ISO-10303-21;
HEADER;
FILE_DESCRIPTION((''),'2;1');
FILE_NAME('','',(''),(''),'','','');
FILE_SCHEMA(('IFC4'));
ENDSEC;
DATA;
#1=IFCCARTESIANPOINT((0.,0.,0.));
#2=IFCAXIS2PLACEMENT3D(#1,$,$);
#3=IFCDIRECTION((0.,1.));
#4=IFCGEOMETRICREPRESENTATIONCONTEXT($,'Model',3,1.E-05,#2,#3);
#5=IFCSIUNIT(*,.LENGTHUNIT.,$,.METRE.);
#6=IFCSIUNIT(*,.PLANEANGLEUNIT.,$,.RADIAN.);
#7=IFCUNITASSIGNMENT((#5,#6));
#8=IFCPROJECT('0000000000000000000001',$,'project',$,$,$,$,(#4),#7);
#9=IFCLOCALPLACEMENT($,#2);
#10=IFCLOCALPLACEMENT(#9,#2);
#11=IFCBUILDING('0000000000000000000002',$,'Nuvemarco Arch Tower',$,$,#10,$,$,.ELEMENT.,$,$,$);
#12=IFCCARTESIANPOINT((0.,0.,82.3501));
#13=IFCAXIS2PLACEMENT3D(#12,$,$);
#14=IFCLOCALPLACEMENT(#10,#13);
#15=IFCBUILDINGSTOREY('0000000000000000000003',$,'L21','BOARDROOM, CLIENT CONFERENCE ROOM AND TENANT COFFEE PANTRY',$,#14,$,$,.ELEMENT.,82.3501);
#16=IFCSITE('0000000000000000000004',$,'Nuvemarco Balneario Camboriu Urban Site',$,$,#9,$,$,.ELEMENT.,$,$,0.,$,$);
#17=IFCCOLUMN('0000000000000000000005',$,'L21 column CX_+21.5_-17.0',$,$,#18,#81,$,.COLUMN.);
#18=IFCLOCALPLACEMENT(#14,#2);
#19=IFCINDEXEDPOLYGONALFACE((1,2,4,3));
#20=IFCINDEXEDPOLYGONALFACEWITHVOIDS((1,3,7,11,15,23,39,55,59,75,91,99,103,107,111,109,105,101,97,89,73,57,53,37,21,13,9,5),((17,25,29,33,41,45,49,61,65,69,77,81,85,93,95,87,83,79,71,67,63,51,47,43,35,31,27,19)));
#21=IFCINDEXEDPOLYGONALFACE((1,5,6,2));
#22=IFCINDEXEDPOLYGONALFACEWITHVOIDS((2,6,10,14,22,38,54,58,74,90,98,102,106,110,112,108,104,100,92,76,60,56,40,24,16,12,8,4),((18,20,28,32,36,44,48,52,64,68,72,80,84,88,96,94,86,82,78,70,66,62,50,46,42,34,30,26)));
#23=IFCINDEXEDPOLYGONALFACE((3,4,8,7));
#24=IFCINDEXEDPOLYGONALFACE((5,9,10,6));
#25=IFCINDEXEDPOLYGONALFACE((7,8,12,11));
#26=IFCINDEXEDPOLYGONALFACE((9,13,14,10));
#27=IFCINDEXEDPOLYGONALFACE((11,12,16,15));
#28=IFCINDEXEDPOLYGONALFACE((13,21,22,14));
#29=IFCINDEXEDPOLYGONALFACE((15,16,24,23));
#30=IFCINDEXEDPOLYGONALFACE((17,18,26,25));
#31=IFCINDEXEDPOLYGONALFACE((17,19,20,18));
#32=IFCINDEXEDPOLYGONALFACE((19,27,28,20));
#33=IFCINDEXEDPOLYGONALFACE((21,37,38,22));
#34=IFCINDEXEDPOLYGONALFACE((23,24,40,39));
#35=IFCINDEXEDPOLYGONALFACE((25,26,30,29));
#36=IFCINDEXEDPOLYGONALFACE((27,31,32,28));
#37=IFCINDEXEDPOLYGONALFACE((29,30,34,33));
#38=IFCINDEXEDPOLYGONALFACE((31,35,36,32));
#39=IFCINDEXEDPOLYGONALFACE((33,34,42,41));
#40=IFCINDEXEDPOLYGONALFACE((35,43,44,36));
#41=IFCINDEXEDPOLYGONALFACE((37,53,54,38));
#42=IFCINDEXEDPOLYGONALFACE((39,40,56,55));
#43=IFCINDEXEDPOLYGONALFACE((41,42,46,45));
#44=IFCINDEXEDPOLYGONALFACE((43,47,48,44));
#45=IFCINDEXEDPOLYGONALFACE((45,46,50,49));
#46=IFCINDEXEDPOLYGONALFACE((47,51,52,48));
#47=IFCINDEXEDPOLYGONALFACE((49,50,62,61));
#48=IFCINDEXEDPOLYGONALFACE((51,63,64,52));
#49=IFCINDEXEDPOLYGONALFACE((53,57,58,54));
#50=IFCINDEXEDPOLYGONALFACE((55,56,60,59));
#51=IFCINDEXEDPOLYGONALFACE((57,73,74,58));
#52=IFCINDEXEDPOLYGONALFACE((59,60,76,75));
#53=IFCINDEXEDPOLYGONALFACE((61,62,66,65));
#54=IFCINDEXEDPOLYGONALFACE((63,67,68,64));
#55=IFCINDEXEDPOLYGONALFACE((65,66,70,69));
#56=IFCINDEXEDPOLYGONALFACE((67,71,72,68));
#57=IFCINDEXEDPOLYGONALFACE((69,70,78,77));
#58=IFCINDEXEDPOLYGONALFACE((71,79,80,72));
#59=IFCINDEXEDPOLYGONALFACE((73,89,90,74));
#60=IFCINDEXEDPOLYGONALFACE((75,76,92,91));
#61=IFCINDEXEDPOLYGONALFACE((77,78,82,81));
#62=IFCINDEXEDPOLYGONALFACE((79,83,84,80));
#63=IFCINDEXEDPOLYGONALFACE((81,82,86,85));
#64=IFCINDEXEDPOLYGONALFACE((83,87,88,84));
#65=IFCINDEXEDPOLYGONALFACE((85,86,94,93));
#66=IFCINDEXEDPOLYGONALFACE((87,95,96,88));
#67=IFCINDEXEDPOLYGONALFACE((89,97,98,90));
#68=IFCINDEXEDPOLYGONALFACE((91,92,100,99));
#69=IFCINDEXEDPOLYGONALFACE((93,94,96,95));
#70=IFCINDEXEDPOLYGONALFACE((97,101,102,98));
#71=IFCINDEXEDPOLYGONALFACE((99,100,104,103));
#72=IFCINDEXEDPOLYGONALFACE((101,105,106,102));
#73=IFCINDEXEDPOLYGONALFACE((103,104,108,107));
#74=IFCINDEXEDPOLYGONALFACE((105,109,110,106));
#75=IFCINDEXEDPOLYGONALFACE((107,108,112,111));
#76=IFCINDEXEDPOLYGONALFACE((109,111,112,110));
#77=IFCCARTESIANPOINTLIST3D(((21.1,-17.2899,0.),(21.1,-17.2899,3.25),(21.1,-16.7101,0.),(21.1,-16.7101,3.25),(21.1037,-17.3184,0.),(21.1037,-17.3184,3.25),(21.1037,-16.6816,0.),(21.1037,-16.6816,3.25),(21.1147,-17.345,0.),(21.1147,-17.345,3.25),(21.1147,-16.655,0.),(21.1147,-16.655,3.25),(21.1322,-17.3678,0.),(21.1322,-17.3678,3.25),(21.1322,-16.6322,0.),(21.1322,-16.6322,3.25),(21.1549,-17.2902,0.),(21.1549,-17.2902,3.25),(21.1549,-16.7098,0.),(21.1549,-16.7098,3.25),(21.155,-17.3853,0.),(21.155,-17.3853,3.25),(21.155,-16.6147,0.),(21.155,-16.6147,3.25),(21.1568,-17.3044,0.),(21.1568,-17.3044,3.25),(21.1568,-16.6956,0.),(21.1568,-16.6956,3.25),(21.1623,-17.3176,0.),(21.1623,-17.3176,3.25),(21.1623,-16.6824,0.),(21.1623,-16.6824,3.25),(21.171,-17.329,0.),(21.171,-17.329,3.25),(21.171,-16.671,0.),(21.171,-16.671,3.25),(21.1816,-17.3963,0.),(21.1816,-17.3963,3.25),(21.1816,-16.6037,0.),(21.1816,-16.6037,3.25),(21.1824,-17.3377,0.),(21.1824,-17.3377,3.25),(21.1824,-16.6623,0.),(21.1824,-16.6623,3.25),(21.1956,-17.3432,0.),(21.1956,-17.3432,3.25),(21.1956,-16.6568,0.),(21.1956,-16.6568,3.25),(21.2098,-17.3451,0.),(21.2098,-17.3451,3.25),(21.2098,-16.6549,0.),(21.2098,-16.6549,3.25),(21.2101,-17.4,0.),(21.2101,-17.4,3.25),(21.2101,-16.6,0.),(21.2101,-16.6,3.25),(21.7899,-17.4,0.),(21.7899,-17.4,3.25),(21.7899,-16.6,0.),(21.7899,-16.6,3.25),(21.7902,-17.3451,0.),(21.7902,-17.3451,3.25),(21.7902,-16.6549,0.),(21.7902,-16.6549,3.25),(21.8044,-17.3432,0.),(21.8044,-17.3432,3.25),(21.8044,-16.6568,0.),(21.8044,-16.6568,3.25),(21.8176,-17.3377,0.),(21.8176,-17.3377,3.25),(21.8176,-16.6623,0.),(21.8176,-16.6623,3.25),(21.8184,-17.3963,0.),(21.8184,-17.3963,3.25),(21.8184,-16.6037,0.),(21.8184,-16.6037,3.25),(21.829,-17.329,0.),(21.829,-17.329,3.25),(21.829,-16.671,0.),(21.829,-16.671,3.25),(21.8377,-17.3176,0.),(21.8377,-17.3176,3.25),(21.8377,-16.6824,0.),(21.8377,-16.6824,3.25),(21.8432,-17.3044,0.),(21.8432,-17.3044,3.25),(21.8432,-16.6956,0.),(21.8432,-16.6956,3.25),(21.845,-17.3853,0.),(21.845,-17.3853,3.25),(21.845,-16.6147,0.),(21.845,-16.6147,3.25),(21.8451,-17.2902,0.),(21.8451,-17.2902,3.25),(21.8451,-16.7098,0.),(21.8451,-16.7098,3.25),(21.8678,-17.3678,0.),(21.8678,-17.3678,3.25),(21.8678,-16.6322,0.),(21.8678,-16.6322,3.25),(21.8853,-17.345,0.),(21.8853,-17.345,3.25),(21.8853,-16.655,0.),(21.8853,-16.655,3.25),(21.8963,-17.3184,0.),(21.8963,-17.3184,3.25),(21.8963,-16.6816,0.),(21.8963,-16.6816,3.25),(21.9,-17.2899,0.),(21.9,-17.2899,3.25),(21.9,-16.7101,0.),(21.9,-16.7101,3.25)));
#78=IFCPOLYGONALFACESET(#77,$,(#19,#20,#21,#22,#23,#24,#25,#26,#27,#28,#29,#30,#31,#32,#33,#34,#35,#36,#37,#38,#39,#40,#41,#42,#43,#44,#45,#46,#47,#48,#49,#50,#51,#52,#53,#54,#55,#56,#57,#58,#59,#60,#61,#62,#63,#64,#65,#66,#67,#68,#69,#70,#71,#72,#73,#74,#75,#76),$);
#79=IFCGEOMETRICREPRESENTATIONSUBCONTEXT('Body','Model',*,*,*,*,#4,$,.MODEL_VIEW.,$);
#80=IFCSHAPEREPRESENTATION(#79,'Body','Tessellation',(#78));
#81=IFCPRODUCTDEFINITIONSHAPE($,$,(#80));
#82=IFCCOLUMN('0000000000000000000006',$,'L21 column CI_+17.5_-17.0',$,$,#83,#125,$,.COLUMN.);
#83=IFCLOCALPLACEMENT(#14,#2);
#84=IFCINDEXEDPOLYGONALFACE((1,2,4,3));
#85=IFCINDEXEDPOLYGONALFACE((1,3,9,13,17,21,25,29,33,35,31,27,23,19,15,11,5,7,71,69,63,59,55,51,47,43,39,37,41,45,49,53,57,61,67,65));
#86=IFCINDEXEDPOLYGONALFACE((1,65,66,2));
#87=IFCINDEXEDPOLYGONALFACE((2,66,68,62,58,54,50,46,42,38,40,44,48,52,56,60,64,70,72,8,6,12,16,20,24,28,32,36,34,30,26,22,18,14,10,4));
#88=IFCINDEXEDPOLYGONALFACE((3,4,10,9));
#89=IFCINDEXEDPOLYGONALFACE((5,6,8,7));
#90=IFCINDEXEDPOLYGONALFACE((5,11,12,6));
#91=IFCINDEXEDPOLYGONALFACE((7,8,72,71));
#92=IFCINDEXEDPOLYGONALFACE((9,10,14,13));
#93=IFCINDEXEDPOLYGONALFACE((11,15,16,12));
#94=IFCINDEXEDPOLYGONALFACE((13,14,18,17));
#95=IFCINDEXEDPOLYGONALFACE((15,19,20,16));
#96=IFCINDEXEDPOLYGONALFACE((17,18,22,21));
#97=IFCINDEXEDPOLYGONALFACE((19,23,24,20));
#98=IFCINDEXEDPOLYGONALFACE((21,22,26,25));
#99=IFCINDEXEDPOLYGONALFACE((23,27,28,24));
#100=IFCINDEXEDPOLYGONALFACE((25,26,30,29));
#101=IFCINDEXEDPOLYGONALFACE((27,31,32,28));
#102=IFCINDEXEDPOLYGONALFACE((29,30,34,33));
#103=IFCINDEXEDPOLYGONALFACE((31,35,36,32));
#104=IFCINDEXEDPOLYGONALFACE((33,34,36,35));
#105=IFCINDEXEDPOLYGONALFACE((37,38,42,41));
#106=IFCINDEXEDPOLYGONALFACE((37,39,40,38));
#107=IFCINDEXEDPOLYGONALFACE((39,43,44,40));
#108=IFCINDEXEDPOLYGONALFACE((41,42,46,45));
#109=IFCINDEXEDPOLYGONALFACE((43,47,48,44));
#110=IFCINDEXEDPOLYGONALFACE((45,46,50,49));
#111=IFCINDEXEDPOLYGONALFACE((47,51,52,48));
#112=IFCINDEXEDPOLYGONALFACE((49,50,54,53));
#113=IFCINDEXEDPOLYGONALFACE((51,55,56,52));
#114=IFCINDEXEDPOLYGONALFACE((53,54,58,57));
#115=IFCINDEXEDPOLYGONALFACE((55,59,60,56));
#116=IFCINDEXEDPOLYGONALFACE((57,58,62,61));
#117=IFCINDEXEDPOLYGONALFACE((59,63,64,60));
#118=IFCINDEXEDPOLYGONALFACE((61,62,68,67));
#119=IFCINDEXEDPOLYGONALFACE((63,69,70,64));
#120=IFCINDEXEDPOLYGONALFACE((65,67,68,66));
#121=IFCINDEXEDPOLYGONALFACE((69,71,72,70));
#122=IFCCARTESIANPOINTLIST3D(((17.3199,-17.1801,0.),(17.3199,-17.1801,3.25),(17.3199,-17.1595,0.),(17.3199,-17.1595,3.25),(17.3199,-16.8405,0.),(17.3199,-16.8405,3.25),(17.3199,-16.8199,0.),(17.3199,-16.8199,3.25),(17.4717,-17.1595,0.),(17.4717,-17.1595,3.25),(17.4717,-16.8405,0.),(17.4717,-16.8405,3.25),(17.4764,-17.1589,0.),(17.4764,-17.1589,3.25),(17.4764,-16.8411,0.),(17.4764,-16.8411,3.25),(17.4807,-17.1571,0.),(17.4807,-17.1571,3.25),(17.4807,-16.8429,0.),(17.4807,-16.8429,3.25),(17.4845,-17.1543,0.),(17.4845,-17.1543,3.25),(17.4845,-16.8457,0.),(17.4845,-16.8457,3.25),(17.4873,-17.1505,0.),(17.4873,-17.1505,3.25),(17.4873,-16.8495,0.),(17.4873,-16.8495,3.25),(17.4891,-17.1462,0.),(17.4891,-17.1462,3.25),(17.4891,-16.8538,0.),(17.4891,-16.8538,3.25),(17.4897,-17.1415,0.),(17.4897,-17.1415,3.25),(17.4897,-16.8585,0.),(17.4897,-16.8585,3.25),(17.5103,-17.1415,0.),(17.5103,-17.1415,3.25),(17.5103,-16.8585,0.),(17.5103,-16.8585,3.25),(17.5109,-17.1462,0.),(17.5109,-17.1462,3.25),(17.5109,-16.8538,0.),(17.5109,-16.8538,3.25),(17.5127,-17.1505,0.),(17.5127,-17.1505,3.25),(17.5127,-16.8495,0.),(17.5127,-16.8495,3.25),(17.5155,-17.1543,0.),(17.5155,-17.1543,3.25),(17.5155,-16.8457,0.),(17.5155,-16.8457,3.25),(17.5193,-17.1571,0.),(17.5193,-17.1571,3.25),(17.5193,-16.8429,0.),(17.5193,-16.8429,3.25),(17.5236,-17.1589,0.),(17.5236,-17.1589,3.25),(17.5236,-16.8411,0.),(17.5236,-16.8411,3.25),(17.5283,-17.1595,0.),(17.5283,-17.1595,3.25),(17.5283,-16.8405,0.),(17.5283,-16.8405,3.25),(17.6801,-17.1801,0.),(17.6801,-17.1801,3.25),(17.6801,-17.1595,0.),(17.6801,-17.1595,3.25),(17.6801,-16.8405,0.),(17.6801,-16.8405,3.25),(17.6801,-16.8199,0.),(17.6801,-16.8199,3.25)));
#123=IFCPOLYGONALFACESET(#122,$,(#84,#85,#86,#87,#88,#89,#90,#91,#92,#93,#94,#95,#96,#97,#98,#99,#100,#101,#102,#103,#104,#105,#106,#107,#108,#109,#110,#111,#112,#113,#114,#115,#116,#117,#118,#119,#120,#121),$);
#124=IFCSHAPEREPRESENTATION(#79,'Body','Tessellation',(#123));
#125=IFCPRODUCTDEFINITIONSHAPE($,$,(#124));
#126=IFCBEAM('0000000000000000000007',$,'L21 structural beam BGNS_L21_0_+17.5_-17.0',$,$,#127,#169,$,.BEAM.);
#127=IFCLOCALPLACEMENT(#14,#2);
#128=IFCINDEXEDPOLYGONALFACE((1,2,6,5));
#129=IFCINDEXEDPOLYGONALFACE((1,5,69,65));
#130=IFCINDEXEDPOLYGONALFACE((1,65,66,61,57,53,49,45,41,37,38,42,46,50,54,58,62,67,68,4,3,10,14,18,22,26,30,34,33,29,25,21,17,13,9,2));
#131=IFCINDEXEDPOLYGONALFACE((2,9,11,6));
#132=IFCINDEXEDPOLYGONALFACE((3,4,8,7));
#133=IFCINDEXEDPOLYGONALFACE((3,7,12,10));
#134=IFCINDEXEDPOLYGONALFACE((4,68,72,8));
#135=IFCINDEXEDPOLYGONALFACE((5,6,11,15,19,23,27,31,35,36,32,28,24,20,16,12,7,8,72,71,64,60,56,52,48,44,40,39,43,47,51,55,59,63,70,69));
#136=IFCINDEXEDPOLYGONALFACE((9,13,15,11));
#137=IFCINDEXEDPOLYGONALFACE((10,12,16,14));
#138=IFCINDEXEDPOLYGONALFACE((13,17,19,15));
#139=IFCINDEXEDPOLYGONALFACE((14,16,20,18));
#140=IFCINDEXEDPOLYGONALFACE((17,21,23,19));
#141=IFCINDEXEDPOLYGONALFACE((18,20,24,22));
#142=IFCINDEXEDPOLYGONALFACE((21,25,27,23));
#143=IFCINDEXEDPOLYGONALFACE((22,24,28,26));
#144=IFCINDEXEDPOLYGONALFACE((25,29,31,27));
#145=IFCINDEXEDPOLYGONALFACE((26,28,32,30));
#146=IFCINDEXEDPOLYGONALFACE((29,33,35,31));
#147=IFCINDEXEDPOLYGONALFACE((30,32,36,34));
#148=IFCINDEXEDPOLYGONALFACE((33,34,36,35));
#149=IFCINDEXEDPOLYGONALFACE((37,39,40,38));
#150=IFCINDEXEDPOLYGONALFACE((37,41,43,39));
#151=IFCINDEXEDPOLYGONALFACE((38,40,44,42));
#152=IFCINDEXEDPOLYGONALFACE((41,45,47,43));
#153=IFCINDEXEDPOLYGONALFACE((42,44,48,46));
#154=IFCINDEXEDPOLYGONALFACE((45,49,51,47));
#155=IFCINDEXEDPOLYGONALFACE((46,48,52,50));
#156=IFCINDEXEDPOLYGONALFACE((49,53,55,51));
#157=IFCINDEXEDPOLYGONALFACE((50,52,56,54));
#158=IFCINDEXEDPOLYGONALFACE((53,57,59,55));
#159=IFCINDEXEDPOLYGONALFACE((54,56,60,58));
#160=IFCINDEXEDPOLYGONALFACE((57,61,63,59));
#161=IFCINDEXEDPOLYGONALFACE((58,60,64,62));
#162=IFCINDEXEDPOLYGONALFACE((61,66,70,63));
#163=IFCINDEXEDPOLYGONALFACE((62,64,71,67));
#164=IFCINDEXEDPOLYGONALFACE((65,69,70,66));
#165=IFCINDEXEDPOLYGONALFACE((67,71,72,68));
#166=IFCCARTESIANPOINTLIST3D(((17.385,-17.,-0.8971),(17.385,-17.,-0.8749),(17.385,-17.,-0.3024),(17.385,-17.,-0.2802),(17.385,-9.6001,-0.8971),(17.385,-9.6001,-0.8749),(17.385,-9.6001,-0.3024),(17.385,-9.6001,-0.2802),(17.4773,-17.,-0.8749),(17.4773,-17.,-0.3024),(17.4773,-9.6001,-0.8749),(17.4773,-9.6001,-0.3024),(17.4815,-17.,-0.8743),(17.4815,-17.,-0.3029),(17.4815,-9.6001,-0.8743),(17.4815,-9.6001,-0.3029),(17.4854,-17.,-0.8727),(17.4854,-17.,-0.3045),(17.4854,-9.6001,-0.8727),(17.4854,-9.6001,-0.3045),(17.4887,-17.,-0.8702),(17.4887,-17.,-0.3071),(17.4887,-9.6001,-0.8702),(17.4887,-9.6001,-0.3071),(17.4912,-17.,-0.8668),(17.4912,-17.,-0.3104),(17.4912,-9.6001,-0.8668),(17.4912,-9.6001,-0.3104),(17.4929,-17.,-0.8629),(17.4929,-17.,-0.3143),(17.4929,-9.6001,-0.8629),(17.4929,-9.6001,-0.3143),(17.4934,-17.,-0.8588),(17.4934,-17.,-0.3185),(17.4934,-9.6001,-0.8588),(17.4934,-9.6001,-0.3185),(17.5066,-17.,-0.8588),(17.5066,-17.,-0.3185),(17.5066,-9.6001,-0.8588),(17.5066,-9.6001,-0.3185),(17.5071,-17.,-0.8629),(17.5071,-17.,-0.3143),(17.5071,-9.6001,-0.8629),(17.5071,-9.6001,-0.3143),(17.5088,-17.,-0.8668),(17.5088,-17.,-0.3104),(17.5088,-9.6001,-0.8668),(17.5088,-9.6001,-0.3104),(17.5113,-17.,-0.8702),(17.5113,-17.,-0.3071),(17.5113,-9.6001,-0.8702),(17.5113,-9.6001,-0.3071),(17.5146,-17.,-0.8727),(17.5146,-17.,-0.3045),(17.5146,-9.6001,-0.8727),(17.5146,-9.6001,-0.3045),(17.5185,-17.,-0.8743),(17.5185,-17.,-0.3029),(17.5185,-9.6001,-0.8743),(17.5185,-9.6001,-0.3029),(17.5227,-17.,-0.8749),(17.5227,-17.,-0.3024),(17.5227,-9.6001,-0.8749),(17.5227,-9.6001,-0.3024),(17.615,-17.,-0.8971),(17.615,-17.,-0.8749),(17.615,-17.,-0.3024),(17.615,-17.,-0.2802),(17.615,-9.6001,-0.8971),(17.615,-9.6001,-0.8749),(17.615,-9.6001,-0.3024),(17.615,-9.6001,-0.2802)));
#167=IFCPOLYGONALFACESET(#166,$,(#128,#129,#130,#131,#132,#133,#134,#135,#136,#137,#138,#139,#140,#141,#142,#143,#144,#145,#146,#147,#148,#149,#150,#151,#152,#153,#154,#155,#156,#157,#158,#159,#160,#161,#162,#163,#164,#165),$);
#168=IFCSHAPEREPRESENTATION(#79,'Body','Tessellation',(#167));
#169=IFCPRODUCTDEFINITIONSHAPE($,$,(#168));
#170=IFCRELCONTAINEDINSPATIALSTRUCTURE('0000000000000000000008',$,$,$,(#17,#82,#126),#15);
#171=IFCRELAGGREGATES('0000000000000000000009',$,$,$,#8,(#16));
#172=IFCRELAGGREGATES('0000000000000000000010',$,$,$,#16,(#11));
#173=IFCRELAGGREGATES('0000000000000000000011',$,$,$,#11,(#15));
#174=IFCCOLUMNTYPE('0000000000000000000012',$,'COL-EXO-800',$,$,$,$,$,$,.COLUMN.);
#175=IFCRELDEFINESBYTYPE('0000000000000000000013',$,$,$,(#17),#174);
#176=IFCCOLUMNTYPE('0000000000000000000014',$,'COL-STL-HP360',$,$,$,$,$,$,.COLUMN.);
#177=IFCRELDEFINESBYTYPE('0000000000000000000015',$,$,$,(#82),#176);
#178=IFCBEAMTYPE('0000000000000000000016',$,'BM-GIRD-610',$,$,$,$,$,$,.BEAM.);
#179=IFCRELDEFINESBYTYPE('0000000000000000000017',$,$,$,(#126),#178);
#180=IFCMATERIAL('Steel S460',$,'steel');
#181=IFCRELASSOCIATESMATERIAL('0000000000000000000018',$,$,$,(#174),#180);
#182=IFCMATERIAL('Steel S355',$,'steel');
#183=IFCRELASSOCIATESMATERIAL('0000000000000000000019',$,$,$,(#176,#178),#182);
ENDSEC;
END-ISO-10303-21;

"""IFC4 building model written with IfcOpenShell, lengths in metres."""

from ifc_helpers import new_model, si_unit, direction, frame, origin, origin_2d, place, context, subcontext, project, spatial, hollow_rectangle, i_section, extrude, material, material_profile, profile_set, type_object, element, save


model = new_model("IFC4")

# Units and contexts
model_context = context("Model", 3, precision=1e-05, world=origin(), true_north=direction((0.0, 1.0)))
body_context = subcontext(model_context, "Body", "Model", "MODEL_VIEW")
ifc_project = project(units=[si_unit("LENGTHUNIT", "METRE"), si_unit("PLANEANGLEUNIT", "RADIAN")], contexts=[model_context])

# Site, building, storey
site_placement = place(None, origin())
site = spatial("IfcSite", under=ifc_project, at=site_placement, Name="Nuvemarco Balneario Camboriu Urban Site", CompositionType="ELEMENT", RefElevation=0.0)
building_placement = place(site_placement, origin())
building = spatial("IfcBuilding", under=site, at=building_placement, Name="Nuvemarco Arch Tower", CompositionType="ELEMENT")
storey_placement = place(building_placement, frame((0.0, 0.0, 82.3501)))
storey = spatial("IfcBuildingStorey", under=building, at=storey_placement, Name="L21", Description="BOARDROOM, CLIENT CONFERENCE ROOM AND TENANT COFFEE PANTRY", CompositionType="ELEMENT", Elevation=82.3501)

# Columns
ifc_material_1 = material(Name="Steel S460", Category="steel")
ifc_material_profile_1 = material_profile(ifc_material_1, hollow_rectangle(XDim=0.8, YDim=0.8, WallThickness=0.0549, InnerFilletRadius=0.0549, OuterFilletRadius=0.1101, at=origin_2d()), Name="SHS800x800x55")
ifc_profile_set_1 = profile_set([ifc_material_profile_1], Name="Steel S460")
column_type_1 = type_object("IfcColumnType", Name="COL-EXO-800", PredefinedType="COLUMN", material=ifc_profile_set_1)
column_1_placement = place(storey_placement, frame((21.5, -17.0, 0.0), z_axis=(0.0, 0.0, 1.0), x_axis=(1.0, 0.0, 0.0)))
element("IfcColumn", 1, at=column_1_placement, inside=storey, type_object=column_type_1, Name="L21 column CX_+21.5_-17.0", PredefinedType="COLUMN", context=body_context, shape_type="SweptSolid", body=[
    extrude(hollow_rectangle(XDim=0.8, YDim=0.8, WallThickness=0.0549, InnerFilletRadius=0.0549, OuterFilletRadius=0.1101, at=origin_2d()), origin(), (0.0, 0.0, 1.0), 3.25),
])
ifc_material_2 = material(Name="Steel S355", Category="steel")
ifc_material_profile_2 = material_profile(ifc_material_2, i_section(OverallWidth=0.3601, OverallDepth=0.3601, WebThickness=0.0205, FlangeThickness=0.0205, FilletRadius=0.0181, at=origin_2d()), Name="HP360x174")
ifc_profile_set_2 = profile_set([ifc_material_profile_2], Name="Steel S355")
column_type_2 = type_object("IfcColumnType", Name="COL-STL-HP360", PredefinedType="COLUMN", material=ifc_profile_set_2)
column_2_placement = place(storey_placement, frame((17.5, -17.0, 0.0), z_axis=(0.0, 0.0, 1.0), x_axis=(1.0, 0.0, 0.0)))
element("IfcColumn", 2, at=column_2_placement, inside=storey, type_object=column_type_2, Name="L21 column CI_+17.5_-17.0", PredefinedType="COLUMN", context=body_context, shape_type="SweptSolid", body=[
    extrude(i_section(OverallWidth=0.3601, OverallDepth=0.3601, WebThickness=0.0205, FlangeThickness=0.0205, FilletRadius=0.0181, at=origin_2d()), origin(), (0.0, 0.0, 1.0), 3.25),
])

# Beam
ifc_material_profile_3 = material_profile(ifc_material_2, i_section(OverallWidth=0.23, OverallDepth=0.6169, WebThickness=0.0132, FlangeThickness=0.0222, FilletRadius=0.0161, at=origin_2d()), Name="W610x140")
ifc_profile_set_3 = profile_set([ifc_material_profile_3], Name="Steel S355")
beam_type_1 = type_object("IfcBeamType", Name="BM-GIRD-610", PredefinedType="BEAM", material=ifc_profile_set_3)
beam_1_placement = place(storey_placement, frame((17.5, -17.0, -0.5886), z_axis=(0.0, 1.0, 0.0), x_axis=(-1.0, 0.0, 0.0)))
element("IfcBeam", 3, at=beam_1_placement, inside=storey, type_object=beam_type_1, Name="L21 structural beam BGNS_L21_0_+17.5_-17.0", PredefinedType="BEAM", context=body_context, shape_type="SweptSolid", body=[
    extrude(i_section(OverallWidth=0.23, OverallDepth=0.6169, WebThickness=0.0132, FlangeThickness=0.0222, FilletRadius=0.0161, at=origin_2d()), origin(), (0.0, 0.0, 1.0), 7.3999),
])

save(model, "model.ifc")
